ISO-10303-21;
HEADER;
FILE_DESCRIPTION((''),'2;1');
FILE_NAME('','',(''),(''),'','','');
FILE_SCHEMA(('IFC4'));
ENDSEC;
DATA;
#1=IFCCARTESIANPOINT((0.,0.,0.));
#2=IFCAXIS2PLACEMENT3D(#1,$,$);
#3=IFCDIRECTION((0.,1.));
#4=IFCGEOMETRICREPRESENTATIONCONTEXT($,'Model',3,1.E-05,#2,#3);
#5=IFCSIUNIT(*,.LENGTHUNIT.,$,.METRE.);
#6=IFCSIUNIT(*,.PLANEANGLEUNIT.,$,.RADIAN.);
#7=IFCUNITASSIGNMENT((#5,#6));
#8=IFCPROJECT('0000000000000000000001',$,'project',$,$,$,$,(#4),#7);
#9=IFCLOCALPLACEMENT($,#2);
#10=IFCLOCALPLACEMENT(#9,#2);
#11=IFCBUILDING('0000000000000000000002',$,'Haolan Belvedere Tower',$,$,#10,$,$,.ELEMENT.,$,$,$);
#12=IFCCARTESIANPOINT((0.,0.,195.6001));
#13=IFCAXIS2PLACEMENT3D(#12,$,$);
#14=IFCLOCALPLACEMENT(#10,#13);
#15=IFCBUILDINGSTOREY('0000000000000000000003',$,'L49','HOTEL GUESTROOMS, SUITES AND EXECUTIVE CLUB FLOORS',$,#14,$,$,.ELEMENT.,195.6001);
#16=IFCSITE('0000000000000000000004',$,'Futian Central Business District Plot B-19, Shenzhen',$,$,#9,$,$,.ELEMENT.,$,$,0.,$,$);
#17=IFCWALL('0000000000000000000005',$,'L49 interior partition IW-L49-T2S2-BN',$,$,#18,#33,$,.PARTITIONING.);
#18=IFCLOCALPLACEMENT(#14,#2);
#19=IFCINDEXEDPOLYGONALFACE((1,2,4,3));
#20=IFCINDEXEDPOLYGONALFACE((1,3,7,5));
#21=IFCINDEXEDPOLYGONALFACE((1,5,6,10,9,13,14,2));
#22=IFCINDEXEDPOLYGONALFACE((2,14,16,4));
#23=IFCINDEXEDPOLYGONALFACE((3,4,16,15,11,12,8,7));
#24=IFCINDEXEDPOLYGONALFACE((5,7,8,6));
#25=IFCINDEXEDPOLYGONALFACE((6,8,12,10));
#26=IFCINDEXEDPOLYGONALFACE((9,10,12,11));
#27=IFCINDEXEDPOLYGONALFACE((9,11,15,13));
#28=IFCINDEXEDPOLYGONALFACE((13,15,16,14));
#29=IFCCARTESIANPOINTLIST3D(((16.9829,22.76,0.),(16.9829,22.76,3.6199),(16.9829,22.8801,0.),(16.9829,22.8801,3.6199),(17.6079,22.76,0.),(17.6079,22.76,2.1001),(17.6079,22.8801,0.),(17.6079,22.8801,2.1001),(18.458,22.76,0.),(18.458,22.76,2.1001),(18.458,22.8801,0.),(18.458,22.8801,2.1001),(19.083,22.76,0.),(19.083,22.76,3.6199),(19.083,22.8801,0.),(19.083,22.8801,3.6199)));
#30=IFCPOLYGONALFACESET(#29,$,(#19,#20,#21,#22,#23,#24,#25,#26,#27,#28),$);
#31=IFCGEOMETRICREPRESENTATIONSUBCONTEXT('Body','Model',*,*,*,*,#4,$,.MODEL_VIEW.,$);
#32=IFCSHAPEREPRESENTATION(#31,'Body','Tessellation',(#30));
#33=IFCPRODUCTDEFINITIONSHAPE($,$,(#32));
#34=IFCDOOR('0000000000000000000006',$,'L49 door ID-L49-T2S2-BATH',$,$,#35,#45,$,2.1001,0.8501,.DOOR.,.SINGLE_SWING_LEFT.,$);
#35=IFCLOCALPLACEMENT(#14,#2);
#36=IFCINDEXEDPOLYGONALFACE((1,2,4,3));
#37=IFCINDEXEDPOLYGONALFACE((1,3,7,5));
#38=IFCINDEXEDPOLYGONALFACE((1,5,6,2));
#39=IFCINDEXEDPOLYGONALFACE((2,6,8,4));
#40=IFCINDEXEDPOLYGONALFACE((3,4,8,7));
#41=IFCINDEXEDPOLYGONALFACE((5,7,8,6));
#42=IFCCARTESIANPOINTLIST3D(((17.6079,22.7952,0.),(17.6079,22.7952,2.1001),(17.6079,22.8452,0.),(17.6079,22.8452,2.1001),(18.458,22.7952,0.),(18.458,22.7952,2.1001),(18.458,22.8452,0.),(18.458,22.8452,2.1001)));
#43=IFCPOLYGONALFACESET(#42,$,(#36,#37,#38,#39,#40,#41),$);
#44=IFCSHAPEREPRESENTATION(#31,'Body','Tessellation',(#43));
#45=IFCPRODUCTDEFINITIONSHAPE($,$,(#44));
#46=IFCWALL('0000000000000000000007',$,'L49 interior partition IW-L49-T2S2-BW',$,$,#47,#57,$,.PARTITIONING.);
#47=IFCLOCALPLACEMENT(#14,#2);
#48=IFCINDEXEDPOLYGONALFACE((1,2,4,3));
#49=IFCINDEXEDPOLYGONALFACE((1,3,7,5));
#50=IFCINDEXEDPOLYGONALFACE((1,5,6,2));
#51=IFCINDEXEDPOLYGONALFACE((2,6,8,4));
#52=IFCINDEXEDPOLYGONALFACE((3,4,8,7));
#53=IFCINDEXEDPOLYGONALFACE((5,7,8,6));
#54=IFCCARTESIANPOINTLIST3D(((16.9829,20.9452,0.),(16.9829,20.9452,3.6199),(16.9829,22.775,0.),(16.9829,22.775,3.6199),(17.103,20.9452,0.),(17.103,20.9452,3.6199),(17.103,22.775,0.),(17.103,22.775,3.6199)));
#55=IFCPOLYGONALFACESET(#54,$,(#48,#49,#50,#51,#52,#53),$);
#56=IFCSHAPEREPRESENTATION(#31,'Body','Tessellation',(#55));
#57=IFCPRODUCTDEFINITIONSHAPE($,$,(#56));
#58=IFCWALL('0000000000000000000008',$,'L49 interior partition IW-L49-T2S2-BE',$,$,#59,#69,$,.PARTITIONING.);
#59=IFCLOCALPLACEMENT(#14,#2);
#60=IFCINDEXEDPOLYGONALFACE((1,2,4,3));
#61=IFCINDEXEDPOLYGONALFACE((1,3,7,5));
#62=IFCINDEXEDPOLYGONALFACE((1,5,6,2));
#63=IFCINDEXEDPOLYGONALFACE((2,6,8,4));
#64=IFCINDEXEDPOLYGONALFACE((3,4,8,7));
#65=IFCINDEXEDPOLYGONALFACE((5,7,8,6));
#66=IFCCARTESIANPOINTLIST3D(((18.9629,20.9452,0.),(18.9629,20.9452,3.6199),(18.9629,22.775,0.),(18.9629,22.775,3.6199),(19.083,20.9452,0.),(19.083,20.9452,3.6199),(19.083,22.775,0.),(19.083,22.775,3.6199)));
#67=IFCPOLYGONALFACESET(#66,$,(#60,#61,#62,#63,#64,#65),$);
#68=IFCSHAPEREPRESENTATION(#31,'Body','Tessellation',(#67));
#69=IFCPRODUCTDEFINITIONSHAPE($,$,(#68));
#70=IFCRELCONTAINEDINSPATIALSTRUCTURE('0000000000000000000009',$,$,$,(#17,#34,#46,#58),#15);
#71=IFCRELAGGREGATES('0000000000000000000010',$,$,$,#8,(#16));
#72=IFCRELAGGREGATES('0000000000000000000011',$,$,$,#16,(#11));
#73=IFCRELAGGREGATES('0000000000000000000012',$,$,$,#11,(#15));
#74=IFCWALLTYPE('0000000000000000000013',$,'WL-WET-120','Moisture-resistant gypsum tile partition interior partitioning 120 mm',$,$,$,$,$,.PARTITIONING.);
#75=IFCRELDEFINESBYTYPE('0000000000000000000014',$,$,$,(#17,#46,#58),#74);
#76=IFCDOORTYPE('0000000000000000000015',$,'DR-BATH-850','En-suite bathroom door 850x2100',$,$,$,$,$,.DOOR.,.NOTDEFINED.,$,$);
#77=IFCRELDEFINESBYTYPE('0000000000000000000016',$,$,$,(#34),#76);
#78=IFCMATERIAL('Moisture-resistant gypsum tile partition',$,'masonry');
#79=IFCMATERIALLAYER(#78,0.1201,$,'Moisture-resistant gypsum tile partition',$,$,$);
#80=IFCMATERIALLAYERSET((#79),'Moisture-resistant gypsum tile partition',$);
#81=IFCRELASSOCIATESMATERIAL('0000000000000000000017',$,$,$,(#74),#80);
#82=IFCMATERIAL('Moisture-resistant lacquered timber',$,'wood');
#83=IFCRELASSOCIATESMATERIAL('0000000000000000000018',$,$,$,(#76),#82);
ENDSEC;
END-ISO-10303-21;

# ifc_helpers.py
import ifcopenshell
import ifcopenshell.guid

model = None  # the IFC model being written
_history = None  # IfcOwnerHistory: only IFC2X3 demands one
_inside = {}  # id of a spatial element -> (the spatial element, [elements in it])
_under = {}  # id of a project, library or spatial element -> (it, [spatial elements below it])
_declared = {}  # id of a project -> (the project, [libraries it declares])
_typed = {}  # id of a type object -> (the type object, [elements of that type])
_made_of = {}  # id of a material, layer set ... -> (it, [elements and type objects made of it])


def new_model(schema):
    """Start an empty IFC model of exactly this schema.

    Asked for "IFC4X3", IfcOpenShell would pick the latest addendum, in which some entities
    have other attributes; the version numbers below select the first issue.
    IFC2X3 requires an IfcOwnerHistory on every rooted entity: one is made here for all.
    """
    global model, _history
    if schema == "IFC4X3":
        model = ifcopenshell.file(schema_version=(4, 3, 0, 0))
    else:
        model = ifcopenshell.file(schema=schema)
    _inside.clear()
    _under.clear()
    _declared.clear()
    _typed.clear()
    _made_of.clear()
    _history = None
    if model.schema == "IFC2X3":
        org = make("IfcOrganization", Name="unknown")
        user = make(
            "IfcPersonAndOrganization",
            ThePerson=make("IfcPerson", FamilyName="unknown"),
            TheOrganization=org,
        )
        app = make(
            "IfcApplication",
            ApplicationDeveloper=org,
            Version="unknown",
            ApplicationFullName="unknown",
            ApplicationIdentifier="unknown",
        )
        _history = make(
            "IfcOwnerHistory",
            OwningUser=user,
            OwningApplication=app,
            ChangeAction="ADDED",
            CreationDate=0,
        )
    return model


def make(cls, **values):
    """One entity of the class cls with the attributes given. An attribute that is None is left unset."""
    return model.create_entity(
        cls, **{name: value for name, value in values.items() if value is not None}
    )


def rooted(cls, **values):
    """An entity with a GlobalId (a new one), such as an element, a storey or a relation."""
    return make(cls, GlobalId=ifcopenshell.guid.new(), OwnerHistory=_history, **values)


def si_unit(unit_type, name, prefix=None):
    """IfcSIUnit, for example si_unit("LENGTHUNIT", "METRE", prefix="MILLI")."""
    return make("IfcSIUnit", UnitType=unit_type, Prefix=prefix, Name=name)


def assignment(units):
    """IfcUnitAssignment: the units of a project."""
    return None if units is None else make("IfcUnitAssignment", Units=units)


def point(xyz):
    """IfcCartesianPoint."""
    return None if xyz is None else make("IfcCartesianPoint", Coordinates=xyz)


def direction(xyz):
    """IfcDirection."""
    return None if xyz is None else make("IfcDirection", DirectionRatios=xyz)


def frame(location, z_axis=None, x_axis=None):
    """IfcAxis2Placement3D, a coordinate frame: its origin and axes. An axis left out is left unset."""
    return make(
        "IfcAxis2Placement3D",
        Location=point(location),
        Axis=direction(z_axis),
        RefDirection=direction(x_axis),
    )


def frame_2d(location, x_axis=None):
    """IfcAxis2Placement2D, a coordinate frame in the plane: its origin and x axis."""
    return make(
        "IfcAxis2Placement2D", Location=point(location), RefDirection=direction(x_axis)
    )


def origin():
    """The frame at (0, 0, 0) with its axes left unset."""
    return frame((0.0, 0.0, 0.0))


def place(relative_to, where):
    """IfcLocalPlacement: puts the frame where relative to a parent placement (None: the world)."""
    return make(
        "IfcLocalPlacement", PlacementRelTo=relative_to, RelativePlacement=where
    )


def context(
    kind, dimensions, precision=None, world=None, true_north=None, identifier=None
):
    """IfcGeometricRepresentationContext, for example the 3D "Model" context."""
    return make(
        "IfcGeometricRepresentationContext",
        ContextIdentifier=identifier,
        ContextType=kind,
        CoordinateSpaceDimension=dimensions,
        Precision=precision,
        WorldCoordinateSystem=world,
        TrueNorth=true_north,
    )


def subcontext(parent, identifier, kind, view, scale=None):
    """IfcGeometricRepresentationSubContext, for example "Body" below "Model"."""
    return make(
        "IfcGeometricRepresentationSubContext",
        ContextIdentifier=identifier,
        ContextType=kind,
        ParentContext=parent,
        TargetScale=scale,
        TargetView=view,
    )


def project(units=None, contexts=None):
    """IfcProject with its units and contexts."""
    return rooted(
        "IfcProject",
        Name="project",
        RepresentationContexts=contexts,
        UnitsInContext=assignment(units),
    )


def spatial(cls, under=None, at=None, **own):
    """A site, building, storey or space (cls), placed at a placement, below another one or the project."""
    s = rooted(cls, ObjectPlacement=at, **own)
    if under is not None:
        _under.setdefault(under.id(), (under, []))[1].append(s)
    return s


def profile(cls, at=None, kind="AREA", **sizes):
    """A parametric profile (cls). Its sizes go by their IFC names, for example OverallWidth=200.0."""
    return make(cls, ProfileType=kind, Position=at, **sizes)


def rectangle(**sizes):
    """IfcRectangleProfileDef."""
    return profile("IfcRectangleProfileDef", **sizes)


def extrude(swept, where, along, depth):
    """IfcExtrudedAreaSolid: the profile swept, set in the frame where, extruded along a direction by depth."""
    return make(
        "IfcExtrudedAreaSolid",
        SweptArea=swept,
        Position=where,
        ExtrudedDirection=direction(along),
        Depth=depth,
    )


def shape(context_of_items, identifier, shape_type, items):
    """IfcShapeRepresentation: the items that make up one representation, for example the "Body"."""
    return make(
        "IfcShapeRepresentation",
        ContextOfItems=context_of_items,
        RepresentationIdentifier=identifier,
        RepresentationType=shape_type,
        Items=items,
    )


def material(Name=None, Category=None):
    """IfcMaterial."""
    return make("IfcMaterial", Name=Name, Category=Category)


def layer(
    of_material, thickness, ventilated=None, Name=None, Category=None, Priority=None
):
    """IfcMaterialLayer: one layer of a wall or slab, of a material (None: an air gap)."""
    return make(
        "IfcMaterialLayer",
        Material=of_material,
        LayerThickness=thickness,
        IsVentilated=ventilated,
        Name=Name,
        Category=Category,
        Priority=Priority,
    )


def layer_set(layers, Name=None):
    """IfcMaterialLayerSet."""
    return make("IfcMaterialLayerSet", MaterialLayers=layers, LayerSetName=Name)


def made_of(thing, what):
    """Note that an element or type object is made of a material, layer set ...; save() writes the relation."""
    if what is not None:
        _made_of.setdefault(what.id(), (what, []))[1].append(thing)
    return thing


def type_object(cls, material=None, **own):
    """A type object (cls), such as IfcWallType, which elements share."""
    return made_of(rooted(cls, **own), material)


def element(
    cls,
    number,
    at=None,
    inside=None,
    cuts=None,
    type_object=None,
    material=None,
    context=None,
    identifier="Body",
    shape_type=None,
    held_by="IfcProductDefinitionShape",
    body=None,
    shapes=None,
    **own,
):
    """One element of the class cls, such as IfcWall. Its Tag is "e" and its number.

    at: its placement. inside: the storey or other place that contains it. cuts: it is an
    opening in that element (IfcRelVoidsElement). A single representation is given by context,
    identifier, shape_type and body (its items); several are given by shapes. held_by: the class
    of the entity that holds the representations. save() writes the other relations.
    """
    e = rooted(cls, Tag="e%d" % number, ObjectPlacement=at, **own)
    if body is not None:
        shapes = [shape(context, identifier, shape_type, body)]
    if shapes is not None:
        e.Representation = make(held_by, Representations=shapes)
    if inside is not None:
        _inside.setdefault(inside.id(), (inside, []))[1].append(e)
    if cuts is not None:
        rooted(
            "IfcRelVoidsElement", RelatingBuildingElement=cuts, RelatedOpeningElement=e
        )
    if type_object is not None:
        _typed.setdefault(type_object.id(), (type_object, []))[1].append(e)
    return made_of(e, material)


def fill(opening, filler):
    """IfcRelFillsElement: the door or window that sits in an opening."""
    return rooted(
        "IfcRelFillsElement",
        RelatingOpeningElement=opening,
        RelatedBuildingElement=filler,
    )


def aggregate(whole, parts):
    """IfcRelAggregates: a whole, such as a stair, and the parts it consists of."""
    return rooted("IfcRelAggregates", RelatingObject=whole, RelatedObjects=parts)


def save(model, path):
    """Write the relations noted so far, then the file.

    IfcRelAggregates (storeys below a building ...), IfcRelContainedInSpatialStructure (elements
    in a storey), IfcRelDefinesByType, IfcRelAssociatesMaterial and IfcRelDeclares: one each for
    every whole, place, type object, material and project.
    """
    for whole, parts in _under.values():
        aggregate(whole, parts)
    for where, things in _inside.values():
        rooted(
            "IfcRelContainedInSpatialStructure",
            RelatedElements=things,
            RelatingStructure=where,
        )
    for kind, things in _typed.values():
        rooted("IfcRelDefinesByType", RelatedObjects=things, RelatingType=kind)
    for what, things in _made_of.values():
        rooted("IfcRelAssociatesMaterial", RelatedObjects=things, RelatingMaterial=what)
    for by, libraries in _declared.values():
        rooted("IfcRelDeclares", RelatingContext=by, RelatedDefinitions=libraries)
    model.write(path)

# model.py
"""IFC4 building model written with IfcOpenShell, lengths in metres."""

from ifc_helpers import new_model, si_unit, direction, frame, frame_2d, origin, place, context, subcontext, project, spatial, rectangle, extrude, material, layer, layer_set, type_object, element, fill, save


model = new_model("IFC4")

# Units and contexts
model_context = context("Model", 3, precision=1e-05, world=origin(), true_north=direction((0.0, 1.0)))
body_context = subcontext(model_context, "Body", "Model", "MODEL_VIEW")
ifc_project = project(units=[si_unit("LENGTHUNIT", "METRE"), si_unit("PLANEANGLEUNIT", "RADIAN")], contexts=[model_context])

# Site, building, storey
site_placement = place(None, origin())
site = spatial("IfcSite", under=ifc_project, at=site_placement, Name="Futian Central Business District Plot B-19, Shenzhen", CompositionType="ELEMENT", RefElevation=0.0)
building_placement = place(site_placement, origin())
building = spatial("IfcBuilding", under=site, at=building_placement, Name="Haolan Belvedere Tower", CompositionType="ELEMENT")
storey_placement = place(building_placement, frame((0.0, 0.0, 195.6001)))
storey = spatial("IfcBuildingStorey", under=building, at=storey_placement, Name="L49", Description="HOTEL GUESTROOMS, SUITES AND EXECUTIVE CLUB FLOORS", CompositionType="ELEMENT", Elevation=195.6001)

# Shared definitions
ifc_material_1 = material(Name="Moisture-resistant gypsum tile partition", Category="masonry")
ifc_layer_1 = layer(ifc_material_1, 0.1201, Name="Moisture-resistant gypsum tile partition")
ifc_layer_set_1 = layer_set([ifc_layer_1], Name="Moisture-resistant gypsum tile partition")
wall_type_1 = type_object("IfcWallType", Name="WL-WET-120", Description="Moisture-resistant gypsum tile partition interior partitioning 120 mm", PredefinedType="PARTITIONING", material=ifc_layer_set_1)
ifc_material_2 = material(Name="Moisture-resistant lacquered timber", Category="wood")
door_type_1 = type_object("IfcDoorType", Name="DR-BATH-850", Description="En-suite bathroom door 850x2100", OperationType="NOTDEFINED", PredefinedType="DOOR", material=ifc_material_2)

# Wall, opening, door
wall_1_placement = place(storey_placement, frame((16.9829, 22.8201, 0.0), z_axis=(0.0, 0.0, 1.0), x_axis=(1.0, 0.0, 0.0)))
wall_1 = element("IfcWall", 1, at=wall_1_placement, inside=storey, type_object=wall_type_1, Name="L49 interior partition IW-L49-T2S2-BN", PredefinedType="PARTITIONING", context=body_context, shape_type="SweptSolid", body=[
    extrude(rectangle(XDim=2.1001, YDim=0.1201, at=frame_2d((1.05, 0.0))), origin(), (0.0, 0.0, 1.0), 3.6199),
])
opening_1_placement = place(wall_1_placement, frame((1.4751, 0.0, 0.0), z_axis=(0.0, 0.0, 1.0), x_axis=(-1.0, 0.0, 0.0)))
opening_1 = element("IfcOpeningElement", 2, at=opening_1_placement, cuts=wall_1, PredefinedType="OPENING", context=body_context, shape_type="SweptSolid", body=[
    extrude(rectangle(XDim=0.8501, YDim=2.1001, at=frame_2d((0.425, 1.05))), frame((0.0, 0.0701, 0.0), z_axis=(0.0, -1.0, 0.0), x_axis=(1.0, 0.0, 0.0)), (0.0, 0.0, 1.0), 0.1401),
])
door_1_placement = place(opening_1_placement, origin())
door_1 = element("IfcDoor", 3, at=door_1_placement, inside=storey, type_object=door_type_1, Name="L49 door ID-L49-T2S2-BATH", OperationType="SINGLE_SWING_LEFT", OverallHeight=2.1001, OverallWidth=0.8501, PredefinedType="DOOR", context=body_context, shape_type="SweptSolid", body=[
    extrude(rectangle(XDim=0.8501, YDim=2.1001, at=frame_2d((0.425, 1.05))), frame((0.0, 0.0249, 0.0), z_axis=(0.0, -1.0, 0.0), x_axis=(1.0, 0.0, 0.0)), (0.0, 0.0, 1.0), 0.05),
])
fill(opening_1, door_1)

# Walls
for number, where, z_axis, x_axis, name in (
    (4, (17.043, 20.9451, 0.0), (0.0, 0.0, 1.0), (0.0, 1.0, 0.0), "L49 interior partition IW-L49-T2S2-BW"),
    (5, (19.0229, 20.9451, 0.0), (0.0, 0.0, 1.0), (0.0, 1.0, 0.0), "L49 interior partition IW-L49-T2S2-BE"),
):
    element("IfcWall", number, at=place(storey_placement, frame(where, z_axis=z_axis, x_axis=x_axis)), inside=storey, type_object=wall_type_1, Name=name, PredefinedType="PARTITIONING", context=body_context, shape_type="SweptSolid", body=[
        extrude(rectangle(XDim=1.8298, YDim=0.1201, at=frame_2d((0.915, 0.0))), origin(), (0.0, 0.0, 1.0), 3.6199),
    ])

save(model, "model.ifc")
